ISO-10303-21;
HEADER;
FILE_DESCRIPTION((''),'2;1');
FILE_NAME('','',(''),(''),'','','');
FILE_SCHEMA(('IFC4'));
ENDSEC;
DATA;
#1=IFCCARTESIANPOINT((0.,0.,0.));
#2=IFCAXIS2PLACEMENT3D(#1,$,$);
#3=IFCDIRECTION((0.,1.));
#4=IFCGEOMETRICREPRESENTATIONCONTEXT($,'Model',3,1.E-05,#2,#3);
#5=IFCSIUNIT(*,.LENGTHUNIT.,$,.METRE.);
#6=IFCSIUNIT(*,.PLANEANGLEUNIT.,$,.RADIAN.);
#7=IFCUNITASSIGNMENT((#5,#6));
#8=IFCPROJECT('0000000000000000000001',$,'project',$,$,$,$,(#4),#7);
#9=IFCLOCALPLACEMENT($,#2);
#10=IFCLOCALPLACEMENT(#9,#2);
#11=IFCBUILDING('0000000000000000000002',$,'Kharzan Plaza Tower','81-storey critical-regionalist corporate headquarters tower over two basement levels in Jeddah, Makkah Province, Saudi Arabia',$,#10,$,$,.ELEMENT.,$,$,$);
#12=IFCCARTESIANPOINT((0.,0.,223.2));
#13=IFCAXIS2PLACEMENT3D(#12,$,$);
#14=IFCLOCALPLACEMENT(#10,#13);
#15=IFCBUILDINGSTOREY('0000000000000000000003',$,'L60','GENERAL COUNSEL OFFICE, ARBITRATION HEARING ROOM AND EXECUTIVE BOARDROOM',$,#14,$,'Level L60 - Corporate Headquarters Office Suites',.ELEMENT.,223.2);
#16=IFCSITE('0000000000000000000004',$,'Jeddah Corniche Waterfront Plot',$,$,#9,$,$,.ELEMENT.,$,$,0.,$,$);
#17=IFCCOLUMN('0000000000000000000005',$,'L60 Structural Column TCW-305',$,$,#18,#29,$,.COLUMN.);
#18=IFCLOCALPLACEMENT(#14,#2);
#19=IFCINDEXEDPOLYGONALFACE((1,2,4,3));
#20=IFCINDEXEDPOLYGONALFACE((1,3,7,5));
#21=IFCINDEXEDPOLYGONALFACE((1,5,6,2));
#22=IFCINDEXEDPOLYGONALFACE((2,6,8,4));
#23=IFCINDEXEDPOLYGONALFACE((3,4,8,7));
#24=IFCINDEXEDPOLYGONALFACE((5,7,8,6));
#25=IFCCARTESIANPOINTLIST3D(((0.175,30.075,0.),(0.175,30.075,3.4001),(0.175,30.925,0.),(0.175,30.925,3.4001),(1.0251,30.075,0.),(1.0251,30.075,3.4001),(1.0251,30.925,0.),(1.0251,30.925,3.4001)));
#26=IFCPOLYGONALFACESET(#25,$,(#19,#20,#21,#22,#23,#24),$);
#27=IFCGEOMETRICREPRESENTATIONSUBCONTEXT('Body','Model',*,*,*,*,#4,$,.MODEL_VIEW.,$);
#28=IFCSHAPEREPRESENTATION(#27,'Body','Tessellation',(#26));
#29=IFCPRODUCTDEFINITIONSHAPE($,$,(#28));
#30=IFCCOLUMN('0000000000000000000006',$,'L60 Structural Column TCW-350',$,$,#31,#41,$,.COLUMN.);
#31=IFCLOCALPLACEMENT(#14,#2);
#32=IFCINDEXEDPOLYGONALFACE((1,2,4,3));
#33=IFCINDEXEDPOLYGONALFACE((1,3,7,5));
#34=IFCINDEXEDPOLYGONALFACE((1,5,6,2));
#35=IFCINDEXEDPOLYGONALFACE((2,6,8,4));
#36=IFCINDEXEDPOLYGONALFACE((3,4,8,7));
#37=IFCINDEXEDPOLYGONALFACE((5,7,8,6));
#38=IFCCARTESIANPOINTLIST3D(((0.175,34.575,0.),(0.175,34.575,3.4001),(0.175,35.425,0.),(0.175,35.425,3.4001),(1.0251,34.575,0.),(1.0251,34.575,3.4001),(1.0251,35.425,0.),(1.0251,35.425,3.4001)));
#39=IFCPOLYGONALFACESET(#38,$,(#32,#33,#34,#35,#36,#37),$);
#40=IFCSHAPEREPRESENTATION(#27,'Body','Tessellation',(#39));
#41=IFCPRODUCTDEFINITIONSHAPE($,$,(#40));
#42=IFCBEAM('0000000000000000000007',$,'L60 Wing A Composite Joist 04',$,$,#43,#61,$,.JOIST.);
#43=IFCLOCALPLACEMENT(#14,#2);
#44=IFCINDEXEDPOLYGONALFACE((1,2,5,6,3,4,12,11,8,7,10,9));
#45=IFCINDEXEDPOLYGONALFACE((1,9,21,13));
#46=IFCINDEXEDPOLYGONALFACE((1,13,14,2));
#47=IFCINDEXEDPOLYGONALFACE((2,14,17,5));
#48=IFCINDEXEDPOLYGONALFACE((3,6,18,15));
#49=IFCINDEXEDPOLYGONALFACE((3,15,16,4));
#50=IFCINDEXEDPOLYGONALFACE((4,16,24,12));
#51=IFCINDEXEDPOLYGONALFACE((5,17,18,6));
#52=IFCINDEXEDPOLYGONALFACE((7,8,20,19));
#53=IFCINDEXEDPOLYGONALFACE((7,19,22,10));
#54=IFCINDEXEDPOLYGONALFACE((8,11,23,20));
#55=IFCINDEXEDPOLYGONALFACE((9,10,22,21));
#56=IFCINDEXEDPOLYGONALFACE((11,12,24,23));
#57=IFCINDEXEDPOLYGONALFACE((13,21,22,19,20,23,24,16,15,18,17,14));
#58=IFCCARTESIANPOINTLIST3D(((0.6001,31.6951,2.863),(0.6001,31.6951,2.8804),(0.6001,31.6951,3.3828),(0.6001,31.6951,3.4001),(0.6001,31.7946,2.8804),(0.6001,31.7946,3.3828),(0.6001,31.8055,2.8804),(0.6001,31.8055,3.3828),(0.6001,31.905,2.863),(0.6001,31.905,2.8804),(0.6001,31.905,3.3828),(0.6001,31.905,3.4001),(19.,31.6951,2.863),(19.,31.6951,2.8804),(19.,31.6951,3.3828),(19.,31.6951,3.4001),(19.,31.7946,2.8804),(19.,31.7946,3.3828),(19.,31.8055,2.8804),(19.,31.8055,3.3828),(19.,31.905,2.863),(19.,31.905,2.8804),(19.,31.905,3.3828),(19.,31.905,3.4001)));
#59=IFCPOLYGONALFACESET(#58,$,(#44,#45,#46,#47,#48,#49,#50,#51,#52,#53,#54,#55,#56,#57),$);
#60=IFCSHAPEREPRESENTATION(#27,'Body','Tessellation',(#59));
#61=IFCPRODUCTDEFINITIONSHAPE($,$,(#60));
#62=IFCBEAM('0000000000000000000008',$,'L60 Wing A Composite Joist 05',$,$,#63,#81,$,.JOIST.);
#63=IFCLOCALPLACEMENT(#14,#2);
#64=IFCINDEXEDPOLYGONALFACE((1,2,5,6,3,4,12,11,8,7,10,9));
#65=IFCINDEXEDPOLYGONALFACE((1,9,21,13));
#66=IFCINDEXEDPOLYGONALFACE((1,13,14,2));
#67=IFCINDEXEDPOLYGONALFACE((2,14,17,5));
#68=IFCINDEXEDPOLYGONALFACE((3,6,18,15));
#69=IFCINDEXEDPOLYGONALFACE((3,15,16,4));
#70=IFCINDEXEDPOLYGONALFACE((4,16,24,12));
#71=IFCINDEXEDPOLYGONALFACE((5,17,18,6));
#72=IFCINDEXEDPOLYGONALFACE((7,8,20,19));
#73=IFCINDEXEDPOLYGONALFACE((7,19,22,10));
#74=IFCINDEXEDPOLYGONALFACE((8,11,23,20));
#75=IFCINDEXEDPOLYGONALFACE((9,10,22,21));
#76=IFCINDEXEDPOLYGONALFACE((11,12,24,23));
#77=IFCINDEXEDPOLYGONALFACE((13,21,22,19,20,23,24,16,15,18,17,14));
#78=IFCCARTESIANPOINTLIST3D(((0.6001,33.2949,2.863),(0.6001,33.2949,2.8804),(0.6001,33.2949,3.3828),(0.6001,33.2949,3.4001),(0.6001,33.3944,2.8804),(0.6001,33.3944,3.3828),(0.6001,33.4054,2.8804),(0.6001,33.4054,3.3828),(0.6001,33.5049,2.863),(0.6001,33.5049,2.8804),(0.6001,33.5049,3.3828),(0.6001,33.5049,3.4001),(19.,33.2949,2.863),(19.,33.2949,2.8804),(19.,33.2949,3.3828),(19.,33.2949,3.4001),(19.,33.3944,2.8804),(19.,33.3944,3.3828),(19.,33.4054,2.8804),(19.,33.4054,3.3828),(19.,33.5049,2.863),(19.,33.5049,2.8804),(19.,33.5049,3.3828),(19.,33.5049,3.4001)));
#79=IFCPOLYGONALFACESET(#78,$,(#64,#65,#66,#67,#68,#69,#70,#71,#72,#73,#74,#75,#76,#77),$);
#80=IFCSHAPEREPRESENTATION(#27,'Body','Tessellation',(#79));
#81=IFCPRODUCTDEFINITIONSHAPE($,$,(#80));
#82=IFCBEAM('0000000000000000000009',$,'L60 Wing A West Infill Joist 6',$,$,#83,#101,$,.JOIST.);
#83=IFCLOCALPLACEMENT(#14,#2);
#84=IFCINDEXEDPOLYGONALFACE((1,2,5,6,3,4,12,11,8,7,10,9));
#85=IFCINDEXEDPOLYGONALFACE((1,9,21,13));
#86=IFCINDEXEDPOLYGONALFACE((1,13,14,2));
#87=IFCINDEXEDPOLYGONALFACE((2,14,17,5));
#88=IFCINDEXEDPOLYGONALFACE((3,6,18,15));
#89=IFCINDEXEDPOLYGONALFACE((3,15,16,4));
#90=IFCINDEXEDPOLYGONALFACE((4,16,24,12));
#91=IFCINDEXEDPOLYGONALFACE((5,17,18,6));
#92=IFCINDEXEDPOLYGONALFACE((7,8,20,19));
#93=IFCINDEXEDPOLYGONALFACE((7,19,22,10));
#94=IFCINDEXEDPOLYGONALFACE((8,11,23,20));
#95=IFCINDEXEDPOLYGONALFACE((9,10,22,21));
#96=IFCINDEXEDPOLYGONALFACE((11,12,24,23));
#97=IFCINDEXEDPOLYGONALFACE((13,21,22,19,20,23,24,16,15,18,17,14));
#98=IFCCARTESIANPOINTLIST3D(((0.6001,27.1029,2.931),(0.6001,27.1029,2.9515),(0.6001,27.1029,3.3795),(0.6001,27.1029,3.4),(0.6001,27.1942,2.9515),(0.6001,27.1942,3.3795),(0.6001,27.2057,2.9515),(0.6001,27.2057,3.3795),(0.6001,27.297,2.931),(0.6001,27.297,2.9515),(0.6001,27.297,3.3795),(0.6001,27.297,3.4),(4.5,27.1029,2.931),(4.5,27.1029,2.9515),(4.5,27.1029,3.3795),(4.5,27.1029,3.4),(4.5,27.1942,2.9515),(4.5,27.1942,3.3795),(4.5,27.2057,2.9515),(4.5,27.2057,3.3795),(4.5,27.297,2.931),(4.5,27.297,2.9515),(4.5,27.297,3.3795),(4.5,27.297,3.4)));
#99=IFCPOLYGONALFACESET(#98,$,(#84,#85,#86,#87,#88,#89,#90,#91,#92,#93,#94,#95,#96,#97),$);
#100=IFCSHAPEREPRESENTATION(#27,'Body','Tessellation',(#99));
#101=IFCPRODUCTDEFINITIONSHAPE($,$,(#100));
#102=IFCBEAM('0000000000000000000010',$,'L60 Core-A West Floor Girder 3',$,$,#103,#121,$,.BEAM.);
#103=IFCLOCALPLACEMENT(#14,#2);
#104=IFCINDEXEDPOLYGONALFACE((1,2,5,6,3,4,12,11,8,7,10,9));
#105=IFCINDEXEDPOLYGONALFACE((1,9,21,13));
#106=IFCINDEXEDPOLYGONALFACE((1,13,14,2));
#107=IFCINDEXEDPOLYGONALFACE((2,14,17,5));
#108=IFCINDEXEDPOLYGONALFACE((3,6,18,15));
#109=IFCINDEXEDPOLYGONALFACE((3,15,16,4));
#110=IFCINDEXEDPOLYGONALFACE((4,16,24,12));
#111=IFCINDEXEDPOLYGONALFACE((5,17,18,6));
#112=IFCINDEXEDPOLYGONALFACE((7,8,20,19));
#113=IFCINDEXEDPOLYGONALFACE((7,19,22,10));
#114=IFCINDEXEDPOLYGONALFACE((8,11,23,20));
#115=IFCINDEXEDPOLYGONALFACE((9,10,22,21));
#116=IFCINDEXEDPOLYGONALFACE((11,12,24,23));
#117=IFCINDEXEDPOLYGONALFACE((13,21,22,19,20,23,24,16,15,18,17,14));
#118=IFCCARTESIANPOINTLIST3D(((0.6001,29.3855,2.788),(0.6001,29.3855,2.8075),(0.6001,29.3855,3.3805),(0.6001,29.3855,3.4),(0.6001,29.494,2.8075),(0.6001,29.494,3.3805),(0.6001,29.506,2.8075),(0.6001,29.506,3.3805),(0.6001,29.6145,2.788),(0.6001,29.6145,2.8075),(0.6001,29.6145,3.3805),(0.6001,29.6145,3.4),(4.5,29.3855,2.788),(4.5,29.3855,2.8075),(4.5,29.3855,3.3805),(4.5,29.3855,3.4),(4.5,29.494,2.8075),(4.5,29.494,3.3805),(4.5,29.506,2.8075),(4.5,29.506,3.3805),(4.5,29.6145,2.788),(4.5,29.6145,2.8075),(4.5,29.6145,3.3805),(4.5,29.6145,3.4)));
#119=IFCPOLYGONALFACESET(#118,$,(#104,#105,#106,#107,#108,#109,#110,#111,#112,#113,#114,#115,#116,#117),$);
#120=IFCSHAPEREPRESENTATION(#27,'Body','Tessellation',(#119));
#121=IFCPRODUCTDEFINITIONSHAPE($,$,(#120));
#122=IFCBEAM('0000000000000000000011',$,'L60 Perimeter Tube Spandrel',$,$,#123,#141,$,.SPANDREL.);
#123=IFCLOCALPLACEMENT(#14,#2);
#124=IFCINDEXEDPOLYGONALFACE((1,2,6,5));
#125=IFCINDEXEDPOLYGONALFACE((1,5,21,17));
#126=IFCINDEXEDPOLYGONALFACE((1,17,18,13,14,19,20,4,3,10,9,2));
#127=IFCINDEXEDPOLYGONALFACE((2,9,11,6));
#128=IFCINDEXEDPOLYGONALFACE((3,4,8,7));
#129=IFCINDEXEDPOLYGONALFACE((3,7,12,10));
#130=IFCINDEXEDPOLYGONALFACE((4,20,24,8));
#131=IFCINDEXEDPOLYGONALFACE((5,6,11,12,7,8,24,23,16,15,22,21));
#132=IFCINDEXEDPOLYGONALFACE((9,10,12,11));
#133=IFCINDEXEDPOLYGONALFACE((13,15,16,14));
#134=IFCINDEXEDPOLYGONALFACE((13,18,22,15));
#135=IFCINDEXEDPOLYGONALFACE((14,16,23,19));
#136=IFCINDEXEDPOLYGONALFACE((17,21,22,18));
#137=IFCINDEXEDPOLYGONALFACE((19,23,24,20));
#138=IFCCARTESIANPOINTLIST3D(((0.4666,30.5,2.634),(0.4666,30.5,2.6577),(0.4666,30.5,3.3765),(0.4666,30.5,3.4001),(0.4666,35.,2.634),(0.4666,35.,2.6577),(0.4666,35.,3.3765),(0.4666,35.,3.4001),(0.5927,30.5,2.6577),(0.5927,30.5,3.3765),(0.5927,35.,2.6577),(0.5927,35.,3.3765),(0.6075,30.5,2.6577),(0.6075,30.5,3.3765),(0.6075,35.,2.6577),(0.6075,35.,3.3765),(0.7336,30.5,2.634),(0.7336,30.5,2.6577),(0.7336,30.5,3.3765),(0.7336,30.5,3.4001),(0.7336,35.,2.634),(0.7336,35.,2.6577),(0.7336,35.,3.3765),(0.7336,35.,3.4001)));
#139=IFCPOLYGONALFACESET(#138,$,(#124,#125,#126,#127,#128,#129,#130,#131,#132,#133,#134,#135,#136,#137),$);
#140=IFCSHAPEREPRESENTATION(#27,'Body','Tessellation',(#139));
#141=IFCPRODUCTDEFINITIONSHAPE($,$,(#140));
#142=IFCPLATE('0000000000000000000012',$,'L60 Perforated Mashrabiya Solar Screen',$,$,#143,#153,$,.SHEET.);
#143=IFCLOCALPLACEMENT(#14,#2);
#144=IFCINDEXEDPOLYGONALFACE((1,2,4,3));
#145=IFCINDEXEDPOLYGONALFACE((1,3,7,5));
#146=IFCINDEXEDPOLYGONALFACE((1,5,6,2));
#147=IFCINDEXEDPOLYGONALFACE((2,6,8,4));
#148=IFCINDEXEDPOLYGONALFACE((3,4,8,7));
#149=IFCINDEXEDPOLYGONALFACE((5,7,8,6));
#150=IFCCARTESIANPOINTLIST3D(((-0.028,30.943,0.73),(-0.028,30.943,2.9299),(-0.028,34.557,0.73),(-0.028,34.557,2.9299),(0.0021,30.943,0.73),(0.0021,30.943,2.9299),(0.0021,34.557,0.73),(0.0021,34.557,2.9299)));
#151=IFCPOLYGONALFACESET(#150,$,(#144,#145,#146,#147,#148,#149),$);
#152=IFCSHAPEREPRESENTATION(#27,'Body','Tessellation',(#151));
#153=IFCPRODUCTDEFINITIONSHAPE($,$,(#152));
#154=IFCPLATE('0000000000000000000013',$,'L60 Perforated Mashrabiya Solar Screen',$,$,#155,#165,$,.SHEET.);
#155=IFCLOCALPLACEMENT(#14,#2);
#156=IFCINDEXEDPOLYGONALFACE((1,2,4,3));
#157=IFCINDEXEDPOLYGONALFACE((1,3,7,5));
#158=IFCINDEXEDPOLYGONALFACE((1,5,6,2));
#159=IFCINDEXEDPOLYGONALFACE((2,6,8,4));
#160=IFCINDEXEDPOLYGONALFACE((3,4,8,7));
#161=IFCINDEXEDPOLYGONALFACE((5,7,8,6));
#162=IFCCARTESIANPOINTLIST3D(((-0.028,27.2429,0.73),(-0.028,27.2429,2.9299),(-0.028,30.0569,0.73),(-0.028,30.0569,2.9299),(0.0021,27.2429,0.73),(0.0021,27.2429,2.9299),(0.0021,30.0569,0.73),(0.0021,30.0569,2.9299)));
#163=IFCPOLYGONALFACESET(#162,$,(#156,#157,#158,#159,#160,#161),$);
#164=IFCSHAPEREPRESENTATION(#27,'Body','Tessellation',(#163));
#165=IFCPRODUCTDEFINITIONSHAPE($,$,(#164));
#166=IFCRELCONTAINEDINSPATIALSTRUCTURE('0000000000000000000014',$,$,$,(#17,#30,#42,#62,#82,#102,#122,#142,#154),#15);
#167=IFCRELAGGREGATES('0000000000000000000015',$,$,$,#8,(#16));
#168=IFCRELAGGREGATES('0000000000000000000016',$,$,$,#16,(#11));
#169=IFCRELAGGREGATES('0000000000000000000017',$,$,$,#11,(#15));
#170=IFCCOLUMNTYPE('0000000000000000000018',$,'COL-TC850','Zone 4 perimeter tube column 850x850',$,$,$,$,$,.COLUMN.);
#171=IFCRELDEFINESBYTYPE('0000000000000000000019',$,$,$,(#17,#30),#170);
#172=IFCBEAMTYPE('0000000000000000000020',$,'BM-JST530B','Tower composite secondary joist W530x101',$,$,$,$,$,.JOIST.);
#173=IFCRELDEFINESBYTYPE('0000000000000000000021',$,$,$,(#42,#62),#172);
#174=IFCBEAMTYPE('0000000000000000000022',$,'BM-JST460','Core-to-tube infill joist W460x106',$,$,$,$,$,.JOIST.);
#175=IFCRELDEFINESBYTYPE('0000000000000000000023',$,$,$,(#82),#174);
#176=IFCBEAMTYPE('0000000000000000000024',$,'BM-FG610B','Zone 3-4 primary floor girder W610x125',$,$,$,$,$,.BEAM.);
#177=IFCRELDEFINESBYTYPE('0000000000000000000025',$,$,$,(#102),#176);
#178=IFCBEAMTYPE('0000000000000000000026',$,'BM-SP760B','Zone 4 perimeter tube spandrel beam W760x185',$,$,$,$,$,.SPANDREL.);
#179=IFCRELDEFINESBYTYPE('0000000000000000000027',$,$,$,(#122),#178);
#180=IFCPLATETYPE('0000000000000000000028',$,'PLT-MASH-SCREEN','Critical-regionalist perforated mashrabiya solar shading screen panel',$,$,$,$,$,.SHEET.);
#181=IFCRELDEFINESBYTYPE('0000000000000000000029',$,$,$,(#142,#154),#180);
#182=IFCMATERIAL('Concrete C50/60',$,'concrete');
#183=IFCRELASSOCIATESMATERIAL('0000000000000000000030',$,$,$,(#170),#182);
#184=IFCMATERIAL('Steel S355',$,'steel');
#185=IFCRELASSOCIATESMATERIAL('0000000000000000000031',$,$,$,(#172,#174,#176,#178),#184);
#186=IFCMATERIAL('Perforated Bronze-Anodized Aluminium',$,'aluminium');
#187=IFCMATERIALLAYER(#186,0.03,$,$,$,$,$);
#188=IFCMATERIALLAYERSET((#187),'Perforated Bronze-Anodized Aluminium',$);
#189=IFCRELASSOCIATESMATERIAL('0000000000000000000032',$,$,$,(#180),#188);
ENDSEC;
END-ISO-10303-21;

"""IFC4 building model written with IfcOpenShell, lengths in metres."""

from ifc_helpers import new_model, si_unit, direction, frame, origin, origin_2d, place, context, subcontext, project, spatial, rectangle, i_section, extrude, source, transform, mapped, material, layer, layer_set, material_profile, profile_set, type_object, element, save


model = new_model("IFC4")

# Units and contexts
model_context = context("Model", 3, precision=1e-05, world=origin(), true_north=direction((0.0, 1.0)))
body_context = subcontext(model_context, "Body", "Model", "MODEL_VIEW")
ifc_project = project(units=[si_unit("LENGTHUNIT", "METRE"), si_unit("PLANEANGLEUNIT", "RADIAN")], contexts=[model_context])

# Site, building, storey
site_placement = place(None, origin())
site = spatial("IfcSite", under=ifc_project, at=site_placement, Name="Jeddah Corniche Waterfront Plot", CompositionType="ELEMENT", RefElevation=0.0)
building_placement = place(site_placement, origin())
building = spatial("IfcBuilding", under=site, at=building_placement, Name="Kharzan Plaza Tower", Description="81-storey critical-regionalist corporate headquarters tower over two basement levels in Jeddah, Makkah Province, Saudi Arabia", CompositionType="ELEMENT")
storey_placement = place(building_placement, frame((0.0, 0.0, 223.2)))
storey = spatial("IfcBuildingStorey", under=building, at=storey_placement, Name="L60", Description="GENERAL COUNSEL OFFICE, ARBITRATION HEARING ROOM AND EXECUTIVE BOARDROOM", LongName="Level L60 - Corporate Headquarters Office Suites", CompositionType="ELEMENT", Elevation=223.2)

# Columns
ifc_material_1 = material(Name="Concrete C50/60", Category="concrete")
ifc_material_profile_1 = material_profile(ifc_material_1, rectangle(XDim=0.8501, YDim=0.8501, at=origin_2d()), Name="RC-TC850x850")
ifc_profile_set_1 = profile_set([ifc_material_profile_1], Name="Concrete C50/60")
column_type = type_object("IfcColumnType", Name="COL-TC850", Description="Zone 4 perimeter tube column 850x850", PredefinedType="COLUMN", material=ifc_profile_set_1)
shared_shape_1 = source(origin(), body_context, "Body", "SweptSolid", [
    extrude(rectangle(XDim=0.8501, YDim=0.8501, at=origin_2d()), origin(), (0.0, 0.0, 1.0), 3.4001),
])
for number, where, z_axis, x_axis, name in (
    (1, (0.6001, 30.5, 0.0), (0.0, 0.0, 1.0), (1.0, 0.0, 0.0), "L60 Structural Column TCW-305"),
    (2, (0.6001, 35.0, 0.0), (0.0, 0.0, 1.0), (1.0, 0.0, 0.0), "L60 Structural Column TCW-350"),
):
    element("IfcColumn", number, at=place(storey_placement, frame(where, z_axis=z_axis, x_axis=x_axis)), inside=storey, type_object=column_type, Name=name, PredefinedType="COLUMN", context=body_context, shape_type="MappedRepresentation", body=[
        mapped(shared_shape_1, transform((0.0, 0.0, 0.0), x_axis=(1.0, 0.0, 0.0), y_axis=(0.0, 1.0, 0.0), z_axis=(0.0, 0.0, 1.0))),
    ])

# Beams
ifc_material_2 = material(Name="Steel S355", Category="steel")
ifc_material_profile_2 = material_profile(ifc_material_2, i_section(OverallWidth=0.21, OverallDepth=0.5371, WebThickness=0.011, FlangeThickness=0.0173, at=origin_2d()), Name="W530x101")
ifc_profile_set_2 = profile_set([ifc_material_profile_2], Name="Steel S355")
beam_type_1 = type_object("IfcBeamType", Name="BM-JST530B", Description="Tower composite secondary joist W530x101", PredefinedType="JOIST", material=ifc_profile_set_2)
shared_shape_2 = source(origin(), body_context, "Body", "SweptSolid", [
    extrude(i_section(OverallWidth=0.21, OverallDepth=0.5371, WebThickness=0.011, FlangeThickness=0.0173, at=origin_2d()), origin(), (0.0, 0.0, 1.0), 18.3999),
])
for number, where, z_axis, x_axis, name in (
    (3, (0.6001, 31.8, 3.1316), (1.0, 0.0, 0.0), (0.0, 1.0, 0.0), "L60 Wing A Composite Joist 04"),
    (4, (0.6001, 33.3999, 3.1316), (1.0, 0.0, 0.0), (0.0, 1.0, 0.0), "L60 Wing A Composite Joist 05"),
):
    element("IfcBeam", number, at=place(storey_placement, frame(where, z_axis=z_axis, x_axis=x_axis)), inside=storey, type_object=beam_type_1, Name=name, PredefinedType="JOIST", context=body_context, shape_type="MappedRepresentation", body=[
        mapped(shared_shape_2, transform((0.0, 0.0, 0.0), x_axis=(1.0, 0.0, 0.0), y_axis=(0.0, 1.0, 0.0), z_axis=(0.0, 0.0, 1.0))),
    ])
ifc_material_profile_3 = material_profile(ifc_material_2, i_section(OverallWidth=0.1941, OverallDepth=0.469, WebThickness=0.0115, FlangeThickness=0.0205, at=origin_2d()), Name="W460x106")
ifc_profile_set_3 = profile_set([ifc_material_profile_3], Name="Steel S355")
beam_type_2 = type_object("IfcBeamType", Name="BM-JST460", Description="Core-to-tube infill joist W460x106", PredefinedType="JOIST", material=ifc_profile_set_3)
shared_shape_3 = source(origin(), body_context, "Body", "SweptSolid", [
    extrude(i_section(OverallWidth=0.1941, OverallDepth=0.469, WebThickness=0.0115, FlangeThickness=0.0205, at=origin_2d()), origin(), (0.0, 0.0, 1.0), 3.8999),
])
beam_1_placement = place(storey_placement, frame((0.6001, 27.2, 3.1655), z_axis=(1.0, 0.0, 0.0), x_axis=(0.0, 1.0, 0.0)))
element("IfcBeam", 5, at=beam_1_placement, inside=storey, type_object=beam_type_2, Name="L60 Wing A West Infill Joist 6", PredefinedType="JOIST", context=body_context, shape_type="MappedRepresentation", body=[
    mapped(shared_shape_3, transform((0.0, 0.0, 0.0), x_axis=(1.0, 0.0, 0.0), y_axis=(0.0, 1.0, 0.0), z_axis=(0.0, 0.0, 1.0))),
])
ifc_material_profile_4 = material_profile(ifc_material_2, i_section(OverallWidth=0.229, OverallDepth=0.6121, WebThickness=0.012, FlangeThickness=0.0195, at=origin_2d()), Name="W610x125")
ifc_profile_set_4 = profile_set([ifc_material_profile_4], Name="Steel S355")
beam_type_3 = type_object("IfcBeamType", Name="BM-FG610B", Description="Zone 3-4 primary floor girder W610x125", PredefinedType="BEAM", material=ifc_profile_set_4)
shared_shape_4 = source(origin(), body_context, "Body", "SweptSolid", [
    extrude(i_section(OverallWidth=0.229, OverallDepth=0.6121, WebThickness=0.012, FlangeThickness=0.0195, at=origin_2d()), origin(), (0.0, 0.0, 1.0), 3.8999),
])
beam_2_placement = place(storey_placement, frame((0.6001, 29.5, 3.094), z_axis=(1.0, 0.0, 0.0), x_axis=(0.0, 1.0, 0.0)))
element("IfcBeam", 6, at=beam_2_placement, inside=storey, type_object=beam_type_3, Name="L60 Core-A West Floor Girder 3", PredefinedType="BEAM", context=body_context, shape_type="MappedRepresentation", body=[
    mapped(shared_shape_4, transform((0.0, 0.0, 0.0), x_axis=(1.0, 0.0, 0.0), y_axis=(0.0, 1.0, 0.0), z_axis=(0.0, 0.0, 1.0))),
])
ifc_material_profile_5 = material_profile(ifc_material_2, i_section(OverallWidth=0.2671, OverallDepth=0.7661, WebThickness=0.0149, FlangeThickness=0.0237, at=origin_2d()), Name="W760x185")
ifc_profile_set_5 = profile_set([ifc_material_profile_5], Name="Steel S355")
beam_type_4 = type_object("IfcBeamType", Name="BM-SP760B", Description="Zone 4 perimeter tube spandrel beam W760x185", PredefinedType="SPANDREL", material=ifc_profile_set_5)
shared_shape_5 = source(origin(), body_context, "Body", "SweptSolid", [
    extrude(i_section(OverallWidth=0.2671, OverallDepth=0.7661, WebThickness=0.0149, FlangeThickness=0.0237, at=origin_2d()), origin(), (0.0, 0.0, 1.0), 4.5),
])
beam_3_placement = place(storey_placement, frame((0.6001, 30.5, 3.0171), z_axis=(0.0, 1.0, 0.0), x_axis=(-1.0, 0.0, 0.0)))
element("IfcBeam", 7, at=beam_3_placement, inside=storey, type_object=beam_type_4, Name="L60 Perimeter Tube Spandrel", PredefinedType="SPANDREL", context=body_context, shape_type="MappedRepresentation", body=[
    mapped(shared_shape_5, transform((0.0, 0.0, 0.0), x_axis=(1.0, 0.0, 0.0), y_axis=(0.0, 1.0, 0.0), z_axis=(0.0, 0.0, 1.0))),
])

# Plates
ifc_material_3 = material(Name="Perforated Bronze-Anodized Aluminium", Category="aluminium")
ifc_layer_1 = layer(ifc_material_3, 0.03)
ifc_layer_set_1 = layer_set([ifc_layer_1], Name="Perforated Bronze-Anodized Aluminium")
plate_type = type_object("IfcPlateType", Name="PLT-MASH-SCREEN", Description="Critical-regionalist perforated mashrabiya solar shading screen panel", PredefinedType="SHEET", material=ifc_layer_set_1)
shared_shape_6 = source(origin(), body_context, "Body", "SweptSolid", [
    extrude(rectangle(XDim=3.614, YDim=0.03, at=origin_2d()), origin(), (0.0, 0.0, 1.0), 2.2),
])
plate_1_placement = place(storey_placement, frame((-0.0129, 32.75, 0.73), z_axis=(0.0, 0.0, 1.0), x_axis=(0.0, -1.0, 0.0)))
element("IfcPlate", 8, at=plate_1_placement, inside=storey, type_object=plate_type, Name="L60 Perforated Mashrabiya Solar Screen", PredefinedType="SHEET", context=body_context, shape_type="MappedRepresentation", body=[
    mapped(shared_shape_6, transform((0.0, 0.0, 0.0), x_axis=(1.0, 0.0, 0.0), y_axis=(0.0, 1.0, 0.0), z_axis=(0.0, 0.0, 1.0))),
])
shared_shape_7 = source(origin(), body_context, "Body", "SweptSolid", [
    extrude(rectangle(XDim=2.814, YDim=0.03, at=origin_2d()), origin(), (0.0, 0.0, 1.0), 2.2),
])
plate_2_placement = place(storey_placement, frame((-0.0129, 28.6499, 0.73), z_axis=(0.0, 0.0, 1.0), x_axis=(0.0, -1.0, 0.0)))
element("IfcPlate", 9, at=plate_2_placement, inside=storey, type_object=plate_type, Name="L60 Perforated Mashrabiya Solar Screen", PredefinedType="SHEET", context=body_context, shape_type="MappedRepresentation", body=[
    mapped(shared_shape_7, transform((0.0, 0.0, 0.0), x_axis=(1.0, 0.0, 0.0), y_axis=(0.0, 1.0, 0.0), z_axis=(0.0, 0.0, 1.0))),
])

save(model, "model.ifc")
